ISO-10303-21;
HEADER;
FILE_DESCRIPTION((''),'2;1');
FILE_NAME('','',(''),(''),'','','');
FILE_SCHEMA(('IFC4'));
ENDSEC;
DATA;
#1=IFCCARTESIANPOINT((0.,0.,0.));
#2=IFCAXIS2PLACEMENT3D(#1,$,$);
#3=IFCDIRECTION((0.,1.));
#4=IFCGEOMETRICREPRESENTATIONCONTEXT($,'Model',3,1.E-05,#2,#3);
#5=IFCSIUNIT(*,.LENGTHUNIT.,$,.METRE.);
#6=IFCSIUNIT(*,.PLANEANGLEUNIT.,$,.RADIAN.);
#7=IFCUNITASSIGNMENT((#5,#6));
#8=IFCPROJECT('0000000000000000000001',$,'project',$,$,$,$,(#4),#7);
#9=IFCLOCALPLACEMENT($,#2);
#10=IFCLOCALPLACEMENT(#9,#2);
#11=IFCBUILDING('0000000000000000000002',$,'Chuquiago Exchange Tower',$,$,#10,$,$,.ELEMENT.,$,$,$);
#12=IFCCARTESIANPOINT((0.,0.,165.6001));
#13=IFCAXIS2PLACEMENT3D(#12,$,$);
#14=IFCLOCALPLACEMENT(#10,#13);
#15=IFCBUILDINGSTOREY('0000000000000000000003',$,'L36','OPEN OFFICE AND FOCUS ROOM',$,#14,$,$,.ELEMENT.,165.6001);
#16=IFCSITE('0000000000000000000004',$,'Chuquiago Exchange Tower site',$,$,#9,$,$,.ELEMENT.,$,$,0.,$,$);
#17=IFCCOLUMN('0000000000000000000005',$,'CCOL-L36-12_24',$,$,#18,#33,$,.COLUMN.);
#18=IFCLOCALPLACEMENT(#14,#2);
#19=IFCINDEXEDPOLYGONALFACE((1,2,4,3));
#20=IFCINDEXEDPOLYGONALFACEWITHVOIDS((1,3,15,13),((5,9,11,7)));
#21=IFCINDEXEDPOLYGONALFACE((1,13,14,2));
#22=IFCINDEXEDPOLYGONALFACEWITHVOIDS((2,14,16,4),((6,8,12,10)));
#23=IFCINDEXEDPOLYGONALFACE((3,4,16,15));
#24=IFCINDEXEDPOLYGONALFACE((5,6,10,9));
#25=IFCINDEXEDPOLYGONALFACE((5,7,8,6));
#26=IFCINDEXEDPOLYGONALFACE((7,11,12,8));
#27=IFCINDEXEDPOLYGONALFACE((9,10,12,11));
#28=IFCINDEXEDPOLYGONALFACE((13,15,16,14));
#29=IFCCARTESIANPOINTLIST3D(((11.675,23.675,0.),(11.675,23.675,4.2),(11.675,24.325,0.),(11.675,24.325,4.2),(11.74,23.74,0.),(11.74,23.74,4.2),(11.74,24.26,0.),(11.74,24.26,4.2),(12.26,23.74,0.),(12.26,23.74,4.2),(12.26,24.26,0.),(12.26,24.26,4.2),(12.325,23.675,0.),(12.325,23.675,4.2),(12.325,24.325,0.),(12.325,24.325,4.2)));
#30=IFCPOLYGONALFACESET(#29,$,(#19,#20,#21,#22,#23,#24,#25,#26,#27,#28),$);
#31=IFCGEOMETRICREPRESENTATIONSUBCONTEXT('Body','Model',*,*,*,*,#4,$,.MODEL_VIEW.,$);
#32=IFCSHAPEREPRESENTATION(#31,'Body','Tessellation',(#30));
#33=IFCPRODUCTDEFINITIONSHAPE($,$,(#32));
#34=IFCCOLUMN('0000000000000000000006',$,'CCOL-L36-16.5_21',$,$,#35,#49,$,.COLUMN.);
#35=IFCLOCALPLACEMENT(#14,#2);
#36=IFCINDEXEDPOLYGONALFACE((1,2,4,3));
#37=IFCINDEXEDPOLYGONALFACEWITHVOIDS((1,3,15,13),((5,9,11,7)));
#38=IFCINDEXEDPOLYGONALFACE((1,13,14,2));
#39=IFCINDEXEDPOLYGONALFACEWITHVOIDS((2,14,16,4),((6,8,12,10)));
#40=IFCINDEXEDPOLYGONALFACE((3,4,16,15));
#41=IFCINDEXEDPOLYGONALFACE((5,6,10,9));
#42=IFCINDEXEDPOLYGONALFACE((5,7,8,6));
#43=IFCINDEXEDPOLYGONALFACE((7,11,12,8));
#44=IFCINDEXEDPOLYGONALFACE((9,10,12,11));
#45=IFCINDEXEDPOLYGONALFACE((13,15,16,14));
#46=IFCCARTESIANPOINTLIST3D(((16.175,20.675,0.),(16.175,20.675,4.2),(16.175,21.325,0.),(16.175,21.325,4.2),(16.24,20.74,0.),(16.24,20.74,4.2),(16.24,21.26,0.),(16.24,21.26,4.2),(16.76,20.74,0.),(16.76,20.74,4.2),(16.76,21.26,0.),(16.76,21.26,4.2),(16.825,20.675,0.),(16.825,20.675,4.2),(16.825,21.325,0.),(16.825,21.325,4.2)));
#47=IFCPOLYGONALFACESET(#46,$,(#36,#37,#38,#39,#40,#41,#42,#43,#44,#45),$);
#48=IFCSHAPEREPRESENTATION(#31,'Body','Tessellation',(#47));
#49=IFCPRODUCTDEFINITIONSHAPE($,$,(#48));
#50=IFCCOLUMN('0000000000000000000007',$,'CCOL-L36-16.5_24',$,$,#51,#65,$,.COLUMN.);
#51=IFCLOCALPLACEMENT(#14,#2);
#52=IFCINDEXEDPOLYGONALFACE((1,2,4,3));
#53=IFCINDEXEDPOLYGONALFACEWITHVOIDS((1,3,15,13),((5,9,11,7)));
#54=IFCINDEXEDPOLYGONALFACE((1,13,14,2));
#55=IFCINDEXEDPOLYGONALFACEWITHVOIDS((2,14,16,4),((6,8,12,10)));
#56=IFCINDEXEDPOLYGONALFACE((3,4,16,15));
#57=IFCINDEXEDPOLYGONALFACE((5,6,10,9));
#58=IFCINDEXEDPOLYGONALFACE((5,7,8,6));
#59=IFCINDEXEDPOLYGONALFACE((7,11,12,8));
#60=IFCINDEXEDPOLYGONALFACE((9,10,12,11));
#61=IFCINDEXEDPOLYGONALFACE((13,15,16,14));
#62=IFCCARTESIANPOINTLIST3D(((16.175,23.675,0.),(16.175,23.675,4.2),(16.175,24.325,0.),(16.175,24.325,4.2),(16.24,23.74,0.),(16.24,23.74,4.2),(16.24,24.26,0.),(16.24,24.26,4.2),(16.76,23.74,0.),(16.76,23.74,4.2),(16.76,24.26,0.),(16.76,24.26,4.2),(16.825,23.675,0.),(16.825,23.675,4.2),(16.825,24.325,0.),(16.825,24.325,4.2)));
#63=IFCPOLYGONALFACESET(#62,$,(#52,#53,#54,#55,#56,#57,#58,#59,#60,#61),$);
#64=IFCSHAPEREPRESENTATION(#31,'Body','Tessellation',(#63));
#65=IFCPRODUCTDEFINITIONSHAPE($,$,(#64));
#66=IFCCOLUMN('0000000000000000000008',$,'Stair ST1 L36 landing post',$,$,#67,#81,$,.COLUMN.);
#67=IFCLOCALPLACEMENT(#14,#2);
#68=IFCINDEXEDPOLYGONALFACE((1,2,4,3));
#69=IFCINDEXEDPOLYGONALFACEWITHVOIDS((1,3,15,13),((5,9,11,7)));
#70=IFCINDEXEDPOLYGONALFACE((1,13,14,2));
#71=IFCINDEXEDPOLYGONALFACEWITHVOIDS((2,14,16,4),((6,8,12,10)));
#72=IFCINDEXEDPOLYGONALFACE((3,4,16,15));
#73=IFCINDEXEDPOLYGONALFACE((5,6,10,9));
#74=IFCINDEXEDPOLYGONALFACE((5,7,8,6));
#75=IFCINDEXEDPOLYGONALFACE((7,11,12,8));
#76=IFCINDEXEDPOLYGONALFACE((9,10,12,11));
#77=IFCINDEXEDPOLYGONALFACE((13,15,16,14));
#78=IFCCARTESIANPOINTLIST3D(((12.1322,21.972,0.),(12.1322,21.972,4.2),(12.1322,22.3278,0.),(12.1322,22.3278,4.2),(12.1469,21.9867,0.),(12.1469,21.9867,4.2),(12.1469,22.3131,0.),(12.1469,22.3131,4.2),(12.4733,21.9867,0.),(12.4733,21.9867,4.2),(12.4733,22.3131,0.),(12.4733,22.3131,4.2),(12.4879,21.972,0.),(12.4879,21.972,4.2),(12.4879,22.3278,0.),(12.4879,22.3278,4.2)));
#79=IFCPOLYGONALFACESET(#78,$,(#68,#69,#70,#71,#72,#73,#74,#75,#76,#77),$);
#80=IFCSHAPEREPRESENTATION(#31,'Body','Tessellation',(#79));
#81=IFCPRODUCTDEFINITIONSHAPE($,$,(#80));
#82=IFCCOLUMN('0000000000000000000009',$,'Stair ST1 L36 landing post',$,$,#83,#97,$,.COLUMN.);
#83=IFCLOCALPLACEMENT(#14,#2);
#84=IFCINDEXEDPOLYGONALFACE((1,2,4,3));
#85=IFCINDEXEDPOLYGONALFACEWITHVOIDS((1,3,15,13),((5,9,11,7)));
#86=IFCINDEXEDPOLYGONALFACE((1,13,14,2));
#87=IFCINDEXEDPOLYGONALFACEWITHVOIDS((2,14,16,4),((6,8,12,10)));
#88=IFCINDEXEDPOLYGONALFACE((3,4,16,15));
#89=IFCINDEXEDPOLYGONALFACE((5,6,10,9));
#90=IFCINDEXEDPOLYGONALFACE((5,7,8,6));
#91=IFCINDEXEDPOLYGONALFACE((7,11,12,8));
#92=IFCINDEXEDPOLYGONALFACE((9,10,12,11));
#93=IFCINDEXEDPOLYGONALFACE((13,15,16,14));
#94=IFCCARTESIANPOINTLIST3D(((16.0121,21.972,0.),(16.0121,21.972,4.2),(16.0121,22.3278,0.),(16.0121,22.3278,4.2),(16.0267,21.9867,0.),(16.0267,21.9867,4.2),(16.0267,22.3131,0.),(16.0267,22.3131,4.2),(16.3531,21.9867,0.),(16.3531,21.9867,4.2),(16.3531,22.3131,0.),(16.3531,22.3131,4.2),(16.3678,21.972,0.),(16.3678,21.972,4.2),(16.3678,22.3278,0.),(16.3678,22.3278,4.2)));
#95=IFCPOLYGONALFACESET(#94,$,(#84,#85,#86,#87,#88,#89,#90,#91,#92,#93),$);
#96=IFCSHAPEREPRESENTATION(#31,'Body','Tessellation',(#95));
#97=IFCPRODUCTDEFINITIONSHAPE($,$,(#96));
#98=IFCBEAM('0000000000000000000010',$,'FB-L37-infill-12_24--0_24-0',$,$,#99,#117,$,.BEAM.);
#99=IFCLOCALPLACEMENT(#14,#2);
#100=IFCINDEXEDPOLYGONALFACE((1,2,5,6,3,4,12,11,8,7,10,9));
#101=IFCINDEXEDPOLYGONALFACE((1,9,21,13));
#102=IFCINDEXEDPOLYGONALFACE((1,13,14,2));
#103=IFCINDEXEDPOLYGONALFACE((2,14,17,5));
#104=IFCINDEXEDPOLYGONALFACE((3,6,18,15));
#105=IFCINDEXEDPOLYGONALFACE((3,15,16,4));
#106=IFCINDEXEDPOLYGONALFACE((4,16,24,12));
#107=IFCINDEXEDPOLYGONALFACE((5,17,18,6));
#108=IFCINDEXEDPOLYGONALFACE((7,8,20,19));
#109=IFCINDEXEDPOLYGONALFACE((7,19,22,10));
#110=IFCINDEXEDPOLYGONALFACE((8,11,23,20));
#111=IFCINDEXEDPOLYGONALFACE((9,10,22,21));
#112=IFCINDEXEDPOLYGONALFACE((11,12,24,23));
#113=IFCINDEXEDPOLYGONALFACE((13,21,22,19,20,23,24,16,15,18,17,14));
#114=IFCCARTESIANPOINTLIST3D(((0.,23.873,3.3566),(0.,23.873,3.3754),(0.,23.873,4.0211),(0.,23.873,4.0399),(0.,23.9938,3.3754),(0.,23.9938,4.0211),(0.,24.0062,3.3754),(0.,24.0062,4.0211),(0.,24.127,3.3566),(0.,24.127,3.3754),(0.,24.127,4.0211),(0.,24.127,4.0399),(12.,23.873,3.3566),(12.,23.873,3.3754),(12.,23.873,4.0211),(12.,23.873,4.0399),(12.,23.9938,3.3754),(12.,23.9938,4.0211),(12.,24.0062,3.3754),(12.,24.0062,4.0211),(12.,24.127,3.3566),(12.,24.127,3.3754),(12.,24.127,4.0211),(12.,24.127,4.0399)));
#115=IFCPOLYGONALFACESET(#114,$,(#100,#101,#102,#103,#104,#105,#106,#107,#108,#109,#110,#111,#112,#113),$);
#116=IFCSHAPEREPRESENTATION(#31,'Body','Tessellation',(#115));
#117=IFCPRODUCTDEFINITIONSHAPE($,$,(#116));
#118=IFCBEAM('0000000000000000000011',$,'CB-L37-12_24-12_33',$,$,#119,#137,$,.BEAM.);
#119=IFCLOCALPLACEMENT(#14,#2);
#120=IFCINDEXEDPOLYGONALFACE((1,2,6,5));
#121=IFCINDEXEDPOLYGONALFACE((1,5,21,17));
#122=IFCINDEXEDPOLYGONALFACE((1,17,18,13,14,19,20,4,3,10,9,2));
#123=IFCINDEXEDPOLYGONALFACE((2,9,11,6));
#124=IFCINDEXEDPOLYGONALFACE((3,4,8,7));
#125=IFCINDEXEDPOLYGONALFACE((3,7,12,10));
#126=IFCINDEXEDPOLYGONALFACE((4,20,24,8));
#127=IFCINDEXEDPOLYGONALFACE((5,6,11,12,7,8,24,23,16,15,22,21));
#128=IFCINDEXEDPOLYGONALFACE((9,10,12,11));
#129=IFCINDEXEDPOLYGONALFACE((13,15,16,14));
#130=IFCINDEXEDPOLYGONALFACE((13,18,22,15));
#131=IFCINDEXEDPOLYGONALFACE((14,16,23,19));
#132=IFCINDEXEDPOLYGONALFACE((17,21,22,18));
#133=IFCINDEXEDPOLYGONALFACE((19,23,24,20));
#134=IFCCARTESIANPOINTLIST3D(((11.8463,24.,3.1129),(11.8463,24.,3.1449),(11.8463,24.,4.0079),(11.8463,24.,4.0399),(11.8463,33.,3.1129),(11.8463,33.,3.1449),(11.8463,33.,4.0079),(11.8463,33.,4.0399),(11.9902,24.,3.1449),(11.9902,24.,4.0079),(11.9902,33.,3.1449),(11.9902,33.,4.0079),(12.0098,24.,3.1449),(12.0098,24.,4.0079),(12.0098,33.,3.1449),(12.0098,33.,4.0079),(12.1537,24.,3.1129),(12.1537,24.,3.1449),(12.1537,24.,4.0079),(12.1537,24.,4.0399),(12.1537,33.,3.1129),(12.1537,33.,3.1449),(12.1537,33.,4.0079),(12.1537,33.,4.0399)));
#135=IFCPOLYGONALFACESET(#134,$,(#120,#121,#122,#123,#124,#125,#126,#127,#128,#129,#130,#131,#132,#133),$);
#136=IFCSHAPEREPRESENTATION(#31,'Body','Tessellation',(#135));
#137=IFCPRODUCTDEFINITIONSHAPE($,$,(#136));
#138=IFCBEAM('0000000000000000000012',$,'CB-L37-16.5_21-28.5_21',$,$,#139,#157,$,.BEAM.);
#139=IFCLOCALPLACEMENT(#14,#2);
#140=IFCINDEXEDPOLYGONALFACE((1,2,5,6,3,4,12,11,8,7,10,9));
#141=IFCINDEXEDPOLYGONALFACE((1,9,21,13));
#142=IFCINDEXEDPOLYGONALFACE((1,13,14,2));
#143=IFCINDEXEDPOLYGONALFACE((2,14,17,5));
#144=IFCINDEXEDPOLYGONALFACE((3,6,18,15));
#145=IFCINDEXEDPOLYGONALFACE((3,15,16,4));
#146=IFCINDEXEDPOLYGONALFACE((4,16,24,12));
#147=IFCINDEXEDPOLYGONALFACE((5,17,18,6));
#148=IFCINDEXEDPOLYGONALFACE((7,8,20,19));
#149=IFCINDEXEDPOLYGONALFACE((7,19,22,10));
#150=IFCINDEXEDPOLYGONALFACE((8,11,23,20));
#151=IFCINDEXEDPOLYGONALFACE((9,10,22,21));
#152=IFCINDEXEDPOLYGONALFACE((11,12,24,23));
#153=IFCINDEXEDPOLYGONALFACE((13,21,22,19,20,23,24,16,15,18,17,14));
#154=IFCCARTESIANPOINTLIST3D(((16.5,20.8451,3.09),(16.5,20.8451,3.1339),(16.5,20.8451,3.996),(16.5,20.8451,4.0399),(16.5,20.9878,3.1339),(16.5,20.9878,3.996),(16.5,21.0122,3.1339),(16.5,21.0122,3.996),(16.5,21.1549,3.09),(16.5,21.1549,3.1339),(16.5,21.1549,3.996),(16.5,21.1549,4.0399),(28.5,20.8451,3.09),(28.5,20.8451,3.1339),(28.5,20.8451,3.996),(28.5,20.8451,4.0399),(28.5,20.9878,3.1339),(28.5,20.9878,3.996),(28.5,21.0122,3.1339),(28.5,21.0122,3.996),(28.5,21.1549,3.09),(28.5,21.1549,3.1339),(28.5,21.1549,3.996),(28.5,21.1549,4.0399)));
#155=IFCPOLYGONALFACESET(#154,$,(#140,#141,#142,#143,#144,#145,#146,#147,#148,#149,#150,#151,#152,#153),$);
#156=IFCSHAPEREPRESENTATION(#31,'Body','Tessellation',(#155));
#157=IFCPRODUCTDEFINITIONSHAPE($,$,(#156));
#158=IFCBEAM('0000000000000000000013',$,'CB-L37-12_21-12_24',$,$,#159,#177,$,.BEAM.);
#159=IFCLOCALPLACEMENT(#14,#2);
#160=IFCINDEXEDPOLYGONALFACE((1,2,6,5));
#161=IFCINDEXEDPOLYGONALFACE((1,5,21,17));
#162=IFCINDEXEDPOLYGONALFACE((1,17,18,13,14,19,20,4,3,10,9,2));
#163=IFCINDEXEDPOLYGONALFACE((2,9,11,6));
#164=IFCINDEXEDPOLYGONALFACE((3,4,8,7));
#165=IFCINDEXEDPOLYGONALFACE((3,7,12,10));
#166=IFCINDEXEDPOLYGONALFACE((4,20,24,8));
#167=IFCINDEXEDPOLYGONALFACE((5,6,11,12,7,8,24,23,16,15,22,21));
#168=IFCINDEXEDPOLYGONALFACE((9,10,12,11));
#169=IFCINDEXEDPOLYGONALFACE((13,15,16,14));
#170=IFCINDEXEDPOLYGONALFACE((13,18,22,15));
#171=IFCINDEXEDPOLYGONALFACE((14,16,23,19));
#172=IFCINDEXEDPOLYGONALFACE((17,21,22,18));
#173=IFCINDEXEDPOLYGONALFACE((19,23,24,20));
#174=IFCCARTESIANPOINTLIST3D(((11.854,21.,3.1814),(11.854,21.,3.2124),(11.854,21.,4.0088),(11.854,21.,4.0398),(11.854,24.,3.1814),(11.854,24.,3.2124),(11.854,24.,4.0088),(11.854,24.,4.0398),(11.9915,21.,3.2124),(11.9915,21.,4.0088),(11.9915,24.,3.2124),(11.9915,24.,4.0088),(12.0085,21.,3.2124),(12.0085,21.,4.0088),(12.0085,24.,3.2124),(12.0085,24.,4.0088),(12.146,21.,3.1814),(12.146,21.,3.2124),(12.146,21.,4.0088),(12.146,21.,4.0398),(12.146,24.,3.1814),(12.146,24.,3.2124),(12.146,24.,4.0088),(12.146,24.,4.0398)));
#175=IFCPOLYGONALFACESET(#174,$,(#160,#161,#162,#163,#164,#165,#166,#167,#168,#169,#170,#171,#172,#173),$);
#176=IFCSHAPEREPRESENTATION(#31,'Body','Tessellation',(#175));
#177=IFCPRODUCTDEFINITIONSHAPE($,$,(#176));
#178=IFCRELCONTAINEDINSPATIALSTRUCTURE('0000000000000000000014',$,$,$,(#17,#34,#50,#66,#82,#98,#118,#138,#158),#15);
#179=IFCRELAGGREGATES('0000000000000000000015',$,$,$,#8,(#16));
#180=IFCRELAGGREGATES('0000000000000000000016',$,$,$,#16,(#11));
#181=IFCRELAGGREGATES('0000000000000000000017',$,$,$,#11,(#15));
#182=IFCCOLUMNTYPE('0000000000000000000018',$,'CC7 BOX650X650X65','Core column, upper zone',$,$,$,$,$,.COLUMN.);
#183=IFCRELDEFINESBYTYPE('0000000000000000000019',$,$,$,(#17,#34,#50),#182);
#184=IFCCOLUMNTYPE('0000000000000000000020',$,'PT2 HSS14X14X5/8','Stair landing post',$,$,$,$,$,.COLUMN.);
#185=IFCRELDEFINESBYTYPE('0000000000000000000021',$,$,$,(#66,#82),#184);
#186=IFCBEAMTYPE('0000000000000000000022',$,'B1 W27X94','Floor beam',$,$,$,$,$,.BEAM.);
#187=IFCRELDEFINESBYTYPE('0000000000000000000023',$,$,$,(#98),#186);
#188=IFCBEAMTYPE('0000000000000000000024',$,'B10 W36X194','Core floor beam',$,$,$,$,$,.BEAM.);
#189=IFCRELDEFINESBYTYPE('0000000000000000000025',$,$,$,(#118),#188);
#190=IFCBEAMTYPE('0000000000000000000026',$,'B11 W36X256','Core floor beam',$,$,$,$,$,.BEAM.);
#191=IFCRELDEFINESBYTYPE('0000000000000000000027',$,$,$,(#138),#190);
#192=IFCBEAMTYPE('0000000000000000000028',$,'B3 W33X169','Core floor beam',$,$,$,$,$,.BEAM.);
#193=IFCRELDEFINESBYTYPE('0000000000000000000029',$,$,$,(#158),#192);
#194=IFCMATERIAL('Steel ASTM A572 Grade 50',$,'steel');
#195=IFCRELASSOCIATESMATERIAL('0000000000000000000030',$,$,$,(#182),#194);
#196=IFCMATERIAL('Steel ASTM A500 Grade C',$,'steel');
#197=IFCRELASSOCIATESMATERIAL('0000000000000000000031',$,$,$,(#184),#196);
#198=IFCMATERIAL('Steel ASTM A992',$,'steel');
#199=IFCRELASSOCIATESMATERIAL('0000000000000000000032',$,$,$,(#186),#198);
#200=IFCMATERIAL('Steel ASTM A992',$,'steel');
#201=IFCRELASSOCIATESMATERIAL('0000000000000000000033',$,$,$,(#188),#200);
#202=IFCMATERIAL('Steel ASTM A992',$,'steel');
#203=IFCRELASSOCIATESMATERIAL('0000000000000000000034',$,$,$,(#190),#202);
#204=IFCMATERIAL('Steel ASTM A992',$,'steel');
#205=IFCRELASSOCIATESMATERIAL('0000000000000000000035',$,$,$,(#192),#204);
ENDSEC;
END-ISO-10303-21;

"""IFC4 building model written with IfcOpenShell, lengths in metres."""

from ifc_helpers import new_model, si_unit, direction, frame, origin, origin_2d, place, context, subcontext, project, spatial, hollow_rectangle, i_section, extrude, material, material_profile, profile_set, type_object, element, save


model = new_model("IFC4")

# Units and contexts
model_context = context("Model", 3, precision=1e-05, world=origin(), true_north=direction((0.0, 1.0)))
body_context = subcontext(model_context, "Body", "Model", "MODEL_VIEW")
ifc_project = project(units=[si_unit("LENGTHUNIT", "METRE"), si_unit("PLANEANGLEUNIT", "RADIAN")], contexts=[model_context])

# Site, building, storey
site_placement = place(None, origin())
site = spatial("IfcSite", under=ifc_project, at=site_placement, Name="Chuquiago Exchange Tower site", CompositionType="ELEMENT", RefElevation=0.0)
building_placement = place(site_placement, origin())
building = spatial("IfcBuilding", under=site, at=building_placement, Name="Chuquiago Exchange Tower", CompositionType="ELEMENT")
storey_placement = place(building_placement, frame((0.0, 0.0, 165.6001)))
storey = spatial("IfcBuildingStorey", under=building, at=storey_placement, Name="L36", Description="OPEN OFFICE AND FOCUS ROOM", CompositionType="ELEMENT", Elevation=165.6001)

# Columns
ifc_material_1 = material(Name="Steel ASTM A572 Grade 50", Category="steel")
ifc_material_profile_1 = material_profile(ifc_material_1, hollow_rectangle(XDim=0.6499, YDim=0.6499, WallThickness=0.0649, at=origin_2d()), Name="BOX650X650X65")
ifc_profile_set_1 = profile_set([ifc_material_profile_1], Name="Steel ASTM A572 Grade 50")
column_type_1 = type_object("IfcColumnType", Name="CC7 BOX650X650X65", Description="Core column, upper zone", PredefinedType="COLUMN", material=ifc_profile_set_1)
for number, where, z_axis, x_axis, name in (
    (1, (12.0, 24.0, 0.0), (0.0, 0.0, 1.0), (1.0, 0.0, 0.0), "CCOL-L36-12_24"),
    (2, (16.5, 21.0, 0.0), (0.0, 0.0, 1.0), (1.0, 0.0, 0.0), "CCOL-L36-16.5_21"),
    (3, (16.5, 24.0, 0.0), (0.0, 0.0, 1.0), (1.0, 0.0, 0.0), "CCOL-L36-16.5_24"),
):
    element("IfcColumn", number, at=place(storey_placement, frame(where, z_axis=z_axis, x_axis=x_axis)), inside=storey, type_object=column_type_1, Name=name, PredefinedType="COLUMN", context=body_context, shape_type="SweptSolid", body=[
        extrude(hollow_rectangle(XDim=0.6499, YDim=0.6499, WallThickness=0.0649, at=origin_2d()), origin(), (0.0, 0.0, 1.0), 4.2),
    ])
ifc_material_2 = material(Name="Steel ASTM A500 Grade C", Category="steel")
ifc_material_profile_2 = material_profile(ifc_material_2, hollow_rectangle(XDim=0.3557, YDim=0.3557, WallThickness=0.0146, at=origin_2d()), Name="HSS14X14X5/8")
ifc_profile_set_2 = profile_set([ifc_material_profile_2], Name="Steel ASTM A500 Grade C")
column_type_2 = type_object("IfcColumnType", Name="PT2 HSS14X14X5/8", Description="Stair landing post", PredefinedType="COLUMN", material=ifc_profile_set_2)
for number, where, z_axis, x_axis, name in (
    (4, (12.3101, 22.1499, 0.0), (0.0, 0.0, 1.0), (1.0, 0.0, 0.0), "Stair ST1 L36 landing post"),
    (5, (16.1899, 22.1499, 0.0), (0.0, 0.0, 1.0), (1.0, 0.0, 0.0), "Stair ST1 L36 landing post"),
):
    element("IfcColumn", number, at=place(storey_placement, frame(where, z_axis=z_axis, x_axis=x_axis)), inside=storey, type_object=column_type_2, Name=name, PredefinedType="COLUMN", context=body_context, shape_type="SweptSolid", body=[
        extrude(hollow_rectangle(XDim=0.3557, YDim=0.3557, WallThickness=0.0146, at=origin_2d()), origin(), (0.0, 0.0, 1.0), 4.2),
    ])

# Beams
ifc_material_3 = material(Name="Steel ASTM A992", Category="steel")
ifc_material_profile_3 = material_profile(ifc_material_3, i_section(OverallWidth=0.2539, OverallDepth=0.6833, WebThickness=0.0125, FlangeThickness=0.0188, at=origin_2d()), Name="W27X94")
ifc_profile_set_3 = profile_set([ifc_material_profile_3], Name="Steel ASTM A992")
beam_type_1 = type_object("IfcBeamType", Name="B1 W27X94", Description="Floor beam", PredefinedType="BEAM", material=ifc_profile_set_3)
beam_1_placement = place(storey_placement, frame((12.0, 24.0, 3.6982), z_axis=(-1.0, 0.0, 0.0), x_axis=(0.0, -1.0, 0.0)))
element("IfcBeam", 6, at=beam_1_placement, inside=storey, type_object=beam_type_1, Name="FB-L37-infill-12_24--0_24-0", PredefinedType="BEAM", context=body_context, shape_type="SweptSolid", body=[
    extrude(i_section(OverallWidth=0.2539, OverallDepth=0.6833, WebThickness=0.0125, FlangeThickness=0.0188, at=origin_2d()), origin(), (0.0, 0.0, 1.0), 12.0),
])
ifc_material_4 = material(Name="Steel ASTM A992", Category="steel")
ifc_material_profile_4 = material_profile(ifc_material_4, i_section(OverallWidth=0.3074, OverallDepth=0.927, WebThickness=0.0195, FlangeThickness=0.032, at=origin_2d()), Name="W36X194")
ifc_profile_set_4 = profile_set([ifc_material_profile_4], Name="Steel ASTM A992")
beam_type_2 = type_object("IfcBeamType", Name="B10 W36X194", Description="Core floor beam", PredefinedType="BEAM", material=ifc_profile_set_4)
beam_2_placement = place(storey_placement, frame((12.0, 24.0, 3.5764), z_axis=(0.0, 1.0, 0.0), x_axis=(-1.0, 0.0, 0.0)))
element("IfcBeam", 7, at=beam_2_placement, inside=storey, type_object=beam_type_2, Name="CB-L37-12_24-12_33", PredefinedType="BEAM", context=body_context, shape_type="SweptSolid", body=[
    extrude(i_section(OverallWidth=0.3074, OverallDepth=0.927, WebThickness=0.0195, FlangeThickness=0.032, at=origin_2d()), origin(), (0.0, 0.0, 1.0), 9.0),
])
ifc_material_5 = material(Name="Steel ASTM A992", Category="steel")
ifc_material_profile_5 = material_profile(ifc_material_5, i_section(OverallWidth=0.3098, OverallDepth=0.95, WebThickness=0.0244, FlangeThickness=0.0439, at=origin_2d()), Name="W36X256")
ifc_profile_set_5 = profile_set([ifc_material_profile_5], Name="Steel ASTM A992")
beam_type_3 = type_object("IfcBeamType", Name="B11 W36X256", Description="Core floor beam", PredefinedType="BEAM", material=ifc_profile_set_5)
beam_3_placement = place(storey_placement, frame((16.5, 21.0, 3.5649), z_axis=(1.0, 0.0, 0.0), x_axis=(0.0, 1.0, 0.0)))
element("IfcBeam", 8, at=beam_3_placement, inside=storey, type_object=beam_type_3, Name="CB-L37-16.5_21-28.5_21", PredefinedType="BEAM", context=body_context, shape_type="SweptSolid", body=[
    extrude(i_section(OverallWidth=0.3098, OverallDepth=0.95, WebThickness=0.0244, FlangeThickness=0.0439, at=origin_2d()), origin(), (0.0, 0.0, 1.0), 12.0),
])
ifc_material_6 = material(Name="Steel ASTM A992", Category="steel")
ifc_material_profile_6 = material_profile(ifc_material_6, i_section(OverallWidth=0.292, OverallDepth=0.8584, WebThickness=0.0171, FlangeThickness=0.031, at=origin_2d()), Name="W33X169")
ifc_profile_set_6 = profile_set([ifc_material_profile_6], Name="Steel ASTM A992")
beam_type_4 = type_object("IfcBeamType", Name="B3 W33X169", Description="Core floor beam", PredefinedType="BEAM", material=ifc_profile_set_6)
for number, where, z_axis, x_axis, name in (
    (9, (12.0, 21.0, 3.6106), (0.0, 1.0, 0.0), (-1.0, 0.0, 0.0), "CB-L37-12_21-12_24"),
):
    element("IfcBeam", number, at=place(storey_placement, frame(where, z_axis=z_axis, x_axis=x_axis)), inside=storey, type_object=beam_type_4, Name=name, PredefinedType="BEAM", context=body_context, shape_type="SweptSolid", body=[
        extrude(i_section(OverallWidth=0.292, OverallDepth=0.8584, WebThickness=0.0171, FlangeThickness=0.031, at=origin_2d()), origin(), (0.0, 0.0, 1.0), 3.0),
    ])

save(model, "model.ifc")
